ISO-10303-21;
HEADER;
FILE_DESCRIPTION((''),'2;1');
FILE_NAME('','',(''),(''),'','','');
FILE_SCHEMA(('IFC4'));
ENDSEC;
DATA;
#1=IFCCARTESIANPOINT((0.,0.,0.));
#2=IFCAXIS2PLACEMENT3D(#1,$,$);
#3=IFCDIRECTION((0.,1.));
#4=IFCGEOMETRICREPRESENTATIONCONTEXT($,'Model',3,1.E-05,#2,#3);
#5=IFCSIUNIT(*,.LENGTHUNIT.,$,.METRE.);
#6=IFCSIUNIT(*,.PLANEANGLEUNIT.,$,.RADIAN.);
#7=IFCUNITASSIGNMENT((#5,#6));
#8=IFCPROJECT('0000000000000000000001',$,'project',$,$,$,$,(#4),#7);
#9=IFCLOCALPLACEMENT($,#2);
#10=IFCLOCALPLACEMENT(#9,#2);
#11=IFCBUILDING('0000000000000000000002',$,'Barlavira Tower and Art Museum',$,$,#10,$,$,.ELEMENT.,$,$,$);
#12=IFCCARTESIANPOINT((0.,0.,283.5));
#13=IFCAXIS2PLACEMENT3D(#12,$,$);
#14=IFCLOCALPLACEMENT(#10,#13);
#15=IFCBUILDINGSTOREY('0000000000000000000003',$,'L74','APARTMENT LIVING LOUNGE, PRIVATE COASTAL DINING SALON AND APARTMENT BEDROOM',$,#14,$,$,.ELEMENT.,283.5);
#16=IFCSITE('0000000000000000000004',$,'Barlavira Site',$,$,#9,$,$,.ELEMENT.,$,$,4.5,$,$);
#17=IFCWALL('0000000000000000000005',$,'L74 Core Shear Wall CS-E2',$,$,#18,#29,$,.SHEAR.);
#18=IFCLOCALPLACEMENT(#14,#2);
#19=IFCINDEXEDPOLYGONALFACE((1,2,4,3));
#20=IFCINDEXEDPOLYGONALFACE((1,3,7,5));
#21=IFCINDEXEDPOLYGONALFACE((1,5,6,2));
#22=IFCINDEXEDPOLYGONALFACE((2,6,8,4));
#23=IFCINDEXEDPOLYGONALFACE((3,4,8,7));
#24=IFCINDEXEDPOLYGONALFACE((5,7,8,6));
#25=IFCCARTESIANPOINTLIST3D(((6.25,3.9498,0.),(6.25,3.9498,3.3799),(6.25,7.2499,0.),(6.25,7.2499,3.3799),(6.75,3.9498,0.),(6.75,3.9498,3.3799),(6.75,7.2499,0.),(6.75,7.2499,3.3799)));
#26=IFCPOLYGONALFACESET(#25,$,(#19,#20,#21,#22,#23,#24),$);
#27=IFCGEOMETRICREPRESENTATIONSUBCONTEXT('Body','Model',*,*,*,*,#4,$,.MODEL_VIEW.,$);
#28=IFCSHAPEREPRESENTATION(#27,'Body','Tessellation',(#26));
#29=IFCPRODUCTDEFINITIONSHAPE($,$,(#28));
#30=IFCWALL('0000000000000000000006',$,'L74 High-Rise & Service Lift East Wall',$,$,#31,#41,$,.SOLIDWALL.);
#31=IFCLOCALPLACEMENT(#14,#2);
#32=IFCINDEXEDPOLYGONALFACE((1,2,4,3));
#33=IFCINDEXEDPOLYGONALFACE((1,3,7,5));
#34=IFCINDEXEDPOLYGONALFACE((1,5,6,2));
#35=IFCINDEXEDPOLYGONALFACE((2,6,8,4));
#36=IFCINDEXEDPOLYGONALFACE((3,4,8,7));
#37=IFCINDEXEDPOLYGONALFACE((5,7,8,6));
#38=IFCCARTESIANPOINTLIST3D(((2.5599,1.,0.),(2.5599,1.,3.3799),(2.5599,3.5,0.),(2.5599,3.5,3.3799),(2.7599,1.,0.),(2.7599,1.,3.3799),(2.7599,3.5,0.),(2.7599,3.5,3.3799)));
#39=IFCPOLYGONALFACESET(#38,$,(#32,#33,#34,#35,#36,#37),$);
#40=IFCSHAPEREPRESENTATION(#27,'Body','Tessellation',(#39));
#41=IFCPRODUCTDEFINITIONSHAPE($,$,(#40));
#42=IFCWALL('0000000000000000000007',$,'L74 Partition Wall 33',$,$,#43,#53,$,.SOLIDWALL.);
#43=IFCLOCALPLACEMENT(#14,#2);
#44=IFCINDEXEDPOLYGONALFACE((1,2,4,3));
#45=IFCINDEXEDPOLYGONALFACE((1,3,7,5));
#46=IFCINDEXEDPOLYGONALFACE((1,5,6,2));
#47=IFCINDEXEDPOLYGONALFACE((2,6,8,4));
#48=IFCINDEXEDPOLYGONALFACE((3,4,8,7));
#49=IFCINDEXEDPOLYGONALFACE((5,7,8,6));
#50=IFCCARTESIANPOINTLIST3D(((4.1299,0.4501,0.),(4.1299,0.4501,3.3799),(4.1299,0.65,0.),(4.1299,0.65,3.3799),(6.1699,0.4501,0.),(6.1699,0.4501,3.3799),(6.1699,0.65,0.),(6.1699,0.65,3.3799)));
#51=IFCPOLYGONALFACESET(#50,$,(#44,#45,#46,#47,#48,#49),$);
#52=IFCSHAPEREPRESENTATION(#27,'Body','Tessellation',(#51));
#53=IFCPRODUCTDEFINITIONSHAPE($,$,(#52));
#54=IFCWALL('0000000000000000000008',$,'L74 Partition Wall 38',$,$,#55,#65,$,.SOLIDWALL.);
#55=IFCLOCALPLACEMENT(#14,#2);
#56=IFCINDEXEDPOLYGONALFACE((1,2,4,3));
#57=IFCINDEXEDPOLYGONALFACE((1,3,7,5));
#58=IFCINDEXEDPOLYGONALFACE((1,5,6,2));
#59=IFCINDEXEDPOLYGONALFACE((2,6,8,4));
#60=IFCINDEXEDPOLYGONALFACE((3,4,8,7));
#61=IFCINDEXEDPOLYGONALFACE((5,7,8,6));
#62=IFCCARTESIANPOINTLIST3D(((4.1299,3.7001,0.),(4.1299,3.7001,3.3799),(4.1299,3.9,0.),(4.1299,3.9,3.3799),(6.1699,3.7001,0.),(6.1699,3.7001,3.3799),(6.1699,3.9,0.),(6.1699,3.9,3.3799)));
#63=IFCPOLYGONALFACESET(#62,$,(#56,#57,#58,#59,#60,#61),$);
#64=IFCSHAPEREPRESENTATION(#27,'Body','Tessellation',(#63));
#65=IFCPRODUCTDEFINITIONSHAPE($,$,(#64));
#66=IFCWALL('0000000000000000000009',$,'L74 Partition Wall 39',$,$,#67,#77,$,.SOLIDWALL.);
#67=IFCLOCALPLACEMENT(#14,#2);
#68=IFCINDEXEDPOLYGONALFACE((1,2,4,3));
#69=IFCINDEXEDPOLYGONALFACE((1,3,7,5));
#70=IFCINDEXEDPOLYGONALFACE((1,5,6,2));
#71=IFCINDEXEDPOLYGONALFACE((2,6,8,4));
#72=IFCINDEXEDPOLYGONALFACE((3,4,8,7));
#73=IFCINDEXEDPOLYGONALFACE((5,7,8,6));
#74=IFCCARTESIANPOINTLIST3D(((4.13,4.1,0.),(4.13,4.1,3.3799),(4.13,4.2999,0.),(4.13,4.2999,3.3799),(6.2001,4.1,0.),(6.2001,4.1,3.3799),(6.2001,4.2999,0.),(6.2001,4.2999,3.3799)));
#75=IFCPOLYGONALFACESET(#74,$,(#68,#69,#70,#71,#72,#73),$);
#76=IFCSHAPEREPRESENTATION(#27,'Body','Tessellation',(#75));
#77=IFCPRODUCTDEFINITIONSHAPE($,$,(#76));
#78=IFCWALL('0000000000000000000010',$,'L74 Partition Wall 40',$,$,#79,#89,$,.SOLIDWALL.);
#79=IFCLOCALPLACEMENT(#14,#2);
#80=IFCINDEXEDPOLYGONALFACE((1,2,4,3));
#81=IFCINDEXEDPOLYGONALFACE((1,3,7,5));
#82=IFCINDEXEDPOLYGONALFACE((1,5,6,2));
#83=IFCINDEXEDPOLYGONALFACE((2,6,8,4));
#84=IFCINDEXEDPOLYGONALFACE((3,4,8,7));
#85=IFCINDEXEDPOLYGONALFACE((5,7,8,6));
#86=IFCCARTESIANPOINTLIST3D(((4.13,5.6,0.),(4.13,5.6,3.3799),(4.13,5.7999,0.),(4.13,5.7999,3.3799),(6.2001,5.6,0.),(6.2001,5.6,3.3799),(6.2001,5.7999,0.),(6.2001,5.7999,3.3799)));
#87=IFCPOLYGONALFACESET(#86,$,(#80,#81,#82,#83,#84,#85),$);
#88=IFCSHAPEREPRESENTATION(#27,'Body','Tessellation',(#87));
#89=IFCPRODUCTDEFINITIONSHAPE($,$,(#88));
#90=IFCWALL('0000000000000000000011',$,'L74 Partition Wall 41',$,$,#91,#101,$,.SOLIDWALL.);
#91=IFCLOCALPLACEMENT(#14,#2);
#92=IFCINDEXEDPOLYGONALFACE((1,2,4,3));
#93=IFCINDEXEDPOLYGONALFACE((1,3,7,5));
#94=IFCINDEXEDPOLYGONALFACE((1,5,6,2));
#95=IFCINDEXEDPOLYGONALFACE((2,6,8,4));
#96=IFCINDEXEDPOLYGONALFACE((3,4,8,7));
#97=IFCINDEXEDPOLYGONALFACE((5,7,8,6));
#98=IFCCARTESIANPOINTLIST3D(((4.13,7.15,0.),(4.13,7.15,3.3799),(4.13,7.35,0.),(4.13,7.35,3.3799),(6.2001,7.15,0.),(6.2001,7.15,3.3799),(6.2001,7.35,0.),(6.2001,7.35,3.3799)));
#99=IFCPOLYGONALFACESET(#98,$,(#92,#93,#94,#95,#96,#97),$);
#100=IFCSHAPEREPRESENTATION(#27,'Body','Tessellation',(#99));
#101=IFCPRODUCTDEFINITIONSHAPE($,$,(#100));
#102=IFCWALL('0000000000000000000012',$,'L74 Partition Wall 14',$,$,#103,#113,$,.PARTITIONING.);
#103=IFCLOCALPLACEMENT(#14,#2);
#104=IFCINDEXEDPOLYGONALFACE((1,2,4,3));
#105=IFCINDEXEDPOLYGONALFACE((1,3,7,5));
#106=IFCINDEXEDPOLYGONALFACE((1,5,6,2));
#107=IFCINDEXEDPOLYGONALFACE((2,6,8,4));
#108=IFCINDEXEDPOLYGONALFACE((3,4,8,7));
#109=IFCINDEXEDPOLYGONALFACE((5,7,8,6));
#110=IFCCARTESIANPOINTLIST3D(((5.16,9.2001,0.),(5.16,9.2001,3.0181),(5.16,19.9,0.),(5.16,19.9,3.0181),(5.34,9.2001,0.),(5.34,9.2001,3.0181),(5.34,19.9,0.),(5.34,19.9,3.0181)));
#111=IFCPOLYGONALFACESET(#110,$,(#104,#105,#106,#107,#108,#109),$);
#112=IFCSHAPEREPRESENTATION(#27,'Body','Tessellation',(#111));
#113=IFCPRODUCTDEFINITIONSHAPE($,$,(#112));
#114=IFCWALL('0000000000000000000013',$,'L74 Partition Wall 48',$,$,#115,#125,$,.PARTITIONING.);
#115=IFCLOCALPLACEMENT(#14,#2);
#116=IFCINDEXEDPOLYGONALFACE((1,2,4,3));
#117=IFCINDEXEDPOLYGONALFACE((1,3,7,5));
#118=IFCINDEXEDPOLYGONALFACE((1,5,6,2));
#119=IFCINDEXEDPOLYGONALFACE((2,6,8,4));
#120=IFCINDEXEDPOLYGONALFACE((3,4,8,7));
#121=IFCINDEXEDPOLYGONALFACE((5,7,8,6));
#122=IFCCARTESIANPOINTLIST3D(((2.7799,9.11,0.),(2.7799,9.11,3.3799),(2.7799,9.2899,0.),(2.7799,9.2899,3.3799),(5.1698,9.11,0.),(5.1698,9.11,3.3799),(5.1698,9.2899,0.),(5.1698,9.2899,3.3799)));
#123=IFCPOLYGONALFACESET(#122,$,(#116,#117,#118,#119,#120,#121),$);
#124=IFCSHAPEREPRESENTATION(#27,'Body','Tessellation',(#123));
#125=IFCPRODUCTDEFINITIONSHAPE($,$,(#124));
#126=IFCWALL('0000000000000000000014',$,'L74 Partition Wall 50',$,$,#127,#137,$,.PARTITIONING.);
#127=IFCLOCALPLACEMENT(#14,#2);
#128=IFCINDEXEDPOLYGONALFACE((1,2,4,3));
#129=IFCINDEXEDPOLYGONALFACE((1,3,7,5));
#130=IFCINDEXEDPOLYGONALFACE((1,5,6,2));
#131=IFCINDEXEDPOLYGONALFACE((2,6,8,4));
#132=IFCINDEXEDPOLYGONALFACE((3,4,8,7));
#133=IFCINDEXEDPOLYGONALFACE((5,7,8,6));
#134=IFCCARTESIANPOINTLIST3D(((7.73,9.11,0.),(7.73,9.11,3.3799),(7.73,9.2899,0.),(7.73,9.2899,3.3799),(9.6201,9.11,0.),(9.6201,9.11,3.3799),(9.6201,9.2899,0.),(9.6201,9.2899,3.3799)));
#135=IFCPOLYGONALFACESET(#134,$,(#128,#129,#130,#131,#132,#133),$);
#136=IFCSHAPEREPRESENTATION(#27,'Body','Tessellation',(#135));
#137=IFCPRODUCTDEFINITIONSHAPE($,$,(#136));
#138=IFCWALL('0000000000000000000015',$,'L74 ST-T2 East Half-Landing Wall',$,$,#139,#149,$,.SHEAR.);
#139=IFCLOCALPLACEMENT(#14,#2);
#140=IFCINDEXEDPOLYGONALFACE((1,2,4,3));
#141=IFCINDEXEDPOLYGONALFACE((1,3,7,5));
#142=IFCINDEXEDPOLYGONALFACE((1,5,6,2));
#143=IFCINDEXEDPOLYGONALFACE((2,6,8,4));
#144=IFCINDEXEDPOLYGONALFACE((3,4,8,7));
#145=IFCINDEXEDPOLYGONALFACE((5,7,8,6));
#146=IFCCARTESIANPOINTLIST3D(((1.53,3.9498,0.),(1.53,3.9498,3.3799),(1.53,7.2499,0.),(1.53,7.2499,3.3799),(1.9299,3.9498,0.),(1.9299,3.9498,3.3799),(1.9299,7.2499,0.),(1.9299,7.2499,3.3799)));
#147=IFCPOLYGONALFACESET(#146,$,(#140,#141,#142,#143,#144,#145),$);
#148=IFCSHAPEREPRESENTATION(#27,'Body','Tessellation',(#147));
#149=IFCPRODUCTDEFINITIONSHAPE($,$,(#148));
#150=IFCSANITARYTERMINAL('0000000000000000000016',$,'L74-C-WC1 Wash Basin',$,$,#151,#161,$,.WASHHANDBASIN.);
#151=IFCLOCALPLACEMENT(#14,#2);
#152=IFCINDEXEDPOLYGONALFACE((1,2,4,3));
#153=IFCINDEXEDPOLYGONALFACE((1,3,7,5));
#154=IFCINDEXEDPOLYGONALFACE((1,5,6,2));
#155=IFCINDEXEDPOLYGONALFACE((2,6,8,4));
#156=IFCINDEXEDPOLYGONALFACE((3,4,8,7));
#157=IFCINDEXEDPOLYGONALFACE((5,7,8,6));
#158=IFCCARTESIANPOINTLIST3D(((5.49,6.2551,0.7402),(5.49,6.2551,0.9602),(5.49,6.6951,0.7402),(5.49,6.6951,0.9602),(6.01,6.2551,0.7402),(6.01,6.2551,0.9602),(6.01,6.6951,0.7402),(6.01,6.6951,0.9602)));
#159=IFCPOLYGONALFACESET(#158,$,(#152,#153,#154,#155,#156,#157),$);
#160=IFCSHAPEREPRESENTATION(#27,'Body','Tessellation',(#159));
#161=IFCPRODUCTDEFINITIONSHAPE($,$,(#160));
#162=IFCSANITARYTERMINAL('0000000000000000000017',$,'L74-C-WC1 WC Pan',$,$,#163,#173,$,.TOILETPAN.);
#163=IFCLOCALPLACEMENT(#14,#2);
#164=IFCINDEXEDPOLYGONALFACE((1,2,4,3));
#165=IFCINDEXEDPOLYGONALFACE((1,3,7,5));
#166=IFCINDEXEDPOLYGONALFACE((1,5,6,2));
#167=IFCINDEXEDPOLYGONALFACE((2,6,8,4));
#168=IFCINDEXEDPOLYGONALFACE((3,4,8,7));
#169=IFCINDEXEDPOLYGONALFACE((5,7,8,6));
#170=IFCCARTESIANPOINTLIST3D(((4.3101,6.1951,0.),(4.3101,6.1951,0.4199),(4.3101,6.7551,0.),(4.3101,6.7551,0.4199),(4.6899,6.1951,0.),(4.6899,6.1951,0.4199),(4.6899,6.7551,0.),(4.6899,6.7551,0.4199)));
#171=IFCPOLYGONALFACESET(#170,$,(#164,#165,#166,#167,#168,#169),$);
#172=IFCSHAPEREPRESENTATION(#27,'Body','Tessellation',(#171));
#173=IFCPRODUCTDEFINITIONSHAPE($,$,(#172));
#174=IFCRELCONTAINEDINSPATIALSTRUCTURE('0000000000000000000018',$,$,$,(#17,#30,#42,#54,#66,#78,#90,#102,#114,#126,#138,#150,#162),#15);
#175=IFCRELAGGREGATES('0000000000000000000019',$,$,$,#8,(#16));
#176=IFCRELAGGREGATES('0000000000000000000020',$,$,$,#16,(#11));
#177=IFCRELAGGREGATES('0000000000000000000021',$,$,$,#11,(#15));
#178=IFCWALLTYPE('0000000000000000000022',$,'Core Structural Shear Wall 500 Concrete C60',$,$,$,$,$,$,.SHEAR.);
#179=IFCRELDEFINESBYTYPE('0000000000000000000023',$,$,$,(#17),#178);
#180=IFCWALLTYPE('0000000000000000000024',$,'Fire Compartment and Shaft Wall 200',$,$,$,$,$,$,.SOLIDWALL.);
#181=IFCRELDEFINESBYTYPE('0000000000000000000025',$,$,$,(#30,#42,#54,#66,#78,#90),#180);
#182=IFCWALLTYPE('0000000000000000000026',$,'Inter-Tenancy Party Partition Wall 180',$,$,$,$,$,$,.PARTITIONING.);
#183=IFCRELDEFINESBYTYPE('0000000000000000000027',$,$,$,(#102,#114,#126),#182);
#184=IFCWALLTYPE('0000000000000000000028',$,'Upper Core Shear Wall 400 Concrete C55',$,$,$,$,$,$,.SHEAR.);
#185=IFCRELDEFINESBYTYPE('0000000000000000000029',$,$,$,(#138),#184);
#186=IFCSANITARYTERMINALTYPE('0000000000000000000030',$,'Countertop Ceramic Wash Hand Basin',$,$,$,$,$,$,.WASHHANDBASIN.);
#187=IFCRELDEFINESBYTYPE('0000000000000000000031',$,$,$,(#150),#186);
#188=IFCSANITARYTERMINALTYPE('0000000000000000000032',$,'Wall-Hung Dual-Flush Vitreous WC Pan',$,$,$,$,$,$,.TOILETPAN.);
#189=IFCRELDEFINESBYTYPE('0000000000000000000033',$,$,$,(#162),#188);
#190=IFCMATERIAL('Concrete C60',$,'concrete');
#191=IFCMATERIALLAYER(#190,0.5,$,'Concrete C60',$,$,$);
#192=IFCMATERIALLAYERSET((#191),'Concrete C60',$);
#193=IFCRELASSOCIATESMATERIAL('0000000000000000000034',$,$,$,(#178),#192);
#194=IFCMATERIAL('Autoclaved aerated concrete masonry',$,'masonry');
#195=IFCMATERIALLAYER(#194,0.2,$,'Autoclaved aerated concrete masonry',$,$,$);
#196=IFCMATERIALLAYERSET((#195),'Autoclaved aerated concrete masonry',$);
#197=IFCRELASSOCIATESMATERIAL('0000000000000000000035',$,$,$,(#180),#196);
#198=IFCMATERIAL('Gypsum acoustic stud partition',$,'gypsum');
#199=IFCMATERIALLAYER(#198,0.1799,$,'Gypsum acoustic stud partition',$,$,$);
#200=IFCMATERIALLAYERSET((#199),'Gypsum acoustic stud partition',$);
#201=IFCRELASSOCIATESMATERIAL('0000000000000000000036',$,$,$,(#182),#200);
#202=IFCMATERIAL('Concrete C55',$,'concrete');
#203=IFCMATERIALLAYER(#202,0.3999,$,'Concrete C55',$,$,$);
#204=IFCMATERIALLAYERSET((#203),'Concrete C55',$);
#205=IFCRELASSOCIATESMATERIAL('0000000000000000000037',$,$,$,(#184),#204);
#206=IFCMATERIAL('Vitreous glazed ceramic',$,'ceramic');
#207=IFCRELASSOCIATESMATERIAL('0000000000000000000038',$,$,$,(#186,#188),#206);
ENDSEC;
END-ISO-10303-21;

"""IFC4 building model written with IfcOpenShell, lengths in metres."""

from ifc_helpers import new_model, si_unit, direction, frame, frame_2d, origin, origin_2d, place, context, subcontext, project, spatial, rectangle, extrude, material, layer, layer_set, type_object, element, save


model = new_model("IFC4")

# Units and contexts
model_context = context("Model", 3, precision=1e-05, world=origin(), true_north=direction((0.0, 1.0)))
body_context = subcontext(model_context, "Body", "Model", "MODEL_VIEW")
ifc_project = project(units=[si_unit("LENGTHUNIT", "METRE"), si_unit("PLANEANGLEUNIT", "RADIAN")], contexts=[model_context])

# Site, building, storey
site_placement = place(None, origin())
site = spatial("IfcSite", under=ifc_project, at=site_placement, Name="Barlavira Site", CompositionType="ELEMENT", RefElevation=4.5)
building_placement = place(site_placement, origin())
building = spatial("IfcBuilding", under=site, at=building_placement, Name="Barlavira Tower and Art Museum", CompositionType="ELEMENT")
storey_placement = place(building_placement, frame((0.0, 0.0, 283.5)))
storey = spatial("IfcBuildingStorey", under=building, at=storey_placement, Name="L74", Description="APARTMENT LIVING LOUNGE, PRIVATE COASTAL DINING SALON AND APARTMENT BEDROOM", CompositionType="ELEMENT", Elevation=283.5)

# Shared definitions
ifc_material_1 = material(Name="Gypsum acoustic stud partition", Category="gypsum")

# Walls
ifc_material_2 = material(Name="Concrete C60", Category="concrete")
ifc_layer_1 = layer(ifc_material_2, 0.5, Name="Concrete C60")
ifc_layer_set_1 = layer_set([ifc_layer_1], Name="Concrete C60")
wall_type_1 = type_object("IfcWallType", Name="Core Structural Shear Wall 500 Concrete C60", PredefinedType="SHEAR", material=ifc_layer_set_1)
wall_1_placement = place(storey_placement, frame((6.5, 3.95, 0.0), z_axis=(0.0, 0.0, 1.0), x_axis=(0.0, 1.0, 0.0)))
element("IfcWall", 1, at=wall_1_placement, inside=storey, type_object=wall_type_1, Name="L74 Core Shear Wall CS-E2", PredefinedType="SHEAR", context=body_context, shape_type="SweptSolid", body=[
    extrude(rectangle(XDim=3.3, YDim=0.5, at=frame_2d((1.6499, 0.0))), origin(), (0.0, 0.0, 1.0), 3.3799),
])
ifc_material_3 = material(Name="Autoclaved aerated concrete masonry", Category="masonry")
ifc_layer_2 = layer(ifc_material_3, 0.2, Name="Autoclaved aerated concrete masonry")
ifc_layer_set_2 = layer_set([ifc_layer_2], Name="Autoclaved aerated concrete masonry")
wall_type_2 = type_object("IfcWallType", Name="Fire Compartment and Shaft Wall 200", PredefinedType="SOLIDWALL", material=ifc_layer_set_2)
wall_2_placement = place(storey_placement, frame((2.6599, 1.0, 0.0), z_axis=(0.0, 0.0, 1.0), x_axis=(0.0, 1.0, 0.0)))
element("IfcWall", 2, at=wall_2_placement, inside=storey, type_object=wall_type_2, Name="L74 High-Rise & Service Lift East Wall", PredefinedType="SOLIDWALL", context=body_context, shape_type="SweptSolid", body=[
    extrude(rectangle(XDim=2.5, YDim=0.2, at=frame_2d((1.25, 0.0))), origin(), (0.0, 0.0, 1.0), 3.3799),
])

# Walls
for number, where, z_axis, x_axis, name in (
    (3, (4.1299, 0.55, 0.0), (0.0, 0.0, 1.0), (1.0, 0.0, 0.0), "L74 Partition Wall 33"),
    (4, (4.1299, 3.8, 0.0), (0.0, 0.0, 1.0), (1.0, 0.0, 0.0), "L74 Partition Wall 38"),
):
    element("IfcWall", number, at=place(storey_placement, frame(where, z_axis=z_axis, x_axis=x_axis)), inside=storey, type_object=wall_type_2, Name=name, PredefinedType="SOLIDWALL", context=body_context, shape_type="SweptSolid", body=[
        extrude(rectangle(XDim=2.04, YDim=0.2, at=frame_2d((1.02, 0.0))), origin(), (0.0, 0.0, 1.0), 3.3799),
    ])
for number, where, z_axis, x_axis, name in (
    (5, (4.1299, 4.2, 0.0), (0.0, 0.0, 1.0), (1.0, 0.0, 0.0), "L74 Partition Wall 39"),
    (6, (4.1299, 5.7, 0.0), (0.0, 0.0, 1.0), (1.0, 0.0, 0.0), "L74 Partition Wall 40"),
    (7, (4.1299, 7.25, 0.0), (0.0, 0.0, 1.0), (1.0, 0.0, 0.0), "L74 Partition Wall 41"),
):
    element("IfcWall", number, at=place(storey_placement, frame(where, z_axis=z_axis, x_axis=x_axis)), inside=storey, type_object=wall_type_2, Name=name, PredefinedType="SOLIDWALL", context=body_context, shape_type="SweptSolid", body=[
        extrude(rectangle(XDim=2.0701, YDim=0.2, at=frame_2d((1.0352, 0.0))), origin(), (0.0, 0.0, 1.0), 3.3799),
    ])
ifc_layer_3 = layer(ifc_material_1, 0.1799, Name="Gypsum acoustic stud partition")
ifc_layer_set_3 = layer_set([ifc_layer_3], Name="Gypsum acoustic stud partition")
wall_type_3 = type_object("IfcWallType", Name="Inter-Tenancy Party Partition Wall 180", PredefinedType="PARTITIONING", material=ifc_layer_set_3)
wall_3_placement = place(storey_placement, frame((5.25, 9.2, 0.0), z_axis=(0.0, 0.0, 1.0), x_axis=(0.0, 1.0, 0.0)))
element("IfcWall", 8, at=wall_3_placement, inside=storey, type_object=wall_type_3, Name="L74 Partition Wall 14", PredefinedType="PARTITIONING", context=body_context, shape_type="SweptSolid", body=[
    extrude(rectangle(XDim=10.7, YDim=0.1799, at=frame_2d((5.3501, 0.0))), origin(), (0.0, 0.0, 1.0), 3.0181),
])
wall_4_placement = place(storey_placement, frame((2.78, 9.2, 0.0), z_axis=(0.0, 0.0, 1.0), x_axis=(1.0, 0.0, 0.0)))
element("IfcWall", 9, at=wall_4_placement, inside=storey, type_object=wall_type_3, Name="L74 Partition Wall 48", PredefinedType="PARTITIONING", context=body_context, shape_type="SweptSolid", body=[
    extrude(rectangle(XDim=2.3899, YDim=0.1799, at=frame_2d((1.1948, 0.0))), origin(), (0.0, 0.0, 1.0), 3.3799),
])

# Walls
wall_5_placement = place(storey_placement, frame((7.73, 9.2, 0.0), z_axis=(0.0, 0.0, 1.0), x_axis=(1.0, 0.0, 0.0)))
element("IfcWall", 10, at=wall_5_placement, inside=storey, type_object=wall_type_3, Name="L74 Partition Wall 50", PredefinedType="PARTITIONING", context=body_context, shape_type="SweptSolid", body=[
    extrude(rectangle(XDim=1.8901, YDim=0.1799, at=frame_2d((0.9451, 0.0))), origin(), (0.0, 0.0, 1.0), 3.3799),
])
ifc_material_4 = material(Name="Concrete C55", Category="concrete")
ifc_layer_4 = layer(ifc_material_4, 0.3999, Name="Concrete C55")
ifc_layer_set_4 = layer_set([ifc_layer_4], Name="Concrete C55")
wall_type_4 = type_object("IfcWallType", Name="Upper Core Shear Wall 400 Concrete C55", PredefinedType="SHEAR", material=ifc_layer_set_4)
wall_6_placement = place(storey_placement, frame((1.73, 3.95, 0.0), z_axis=(0.0, 0.0, 1.0), x_axis=(0.0, 1.0, 0.0)))
element("IfcWall", 11, at=wall_6_placement, inside=storey, type_object=wall_type_4, Name="L74 ST-T2 East Half-Landing Wall", PredefinedType="SHEAR", context=body_context, shape_type="SweptSolid", body=[
    extrude(rectangle(XDim=3.3, YDim=0.3999, at=frame_2d((1.6499, 0.0))), origin(), (0.0, 0.0, 1.0), 3.3799),
])

# Sanitary terminals
ifc_material_5 = material(Name="Vitreous glazed ceramic", Category="ceramic")
sanitary_terminal_type_1 = type_object("IfcSanitaryTerminalType", Name="Countertop Ceramic Wash Hand Basin", PredefinedType="WASHHANDBASIN", material=ifc_material_5)
sanitary_terminal_1_placement = place(storey_placement, frame((5.75, 6.4751, 0.7402), z_axis=(0.0, 0.0, 1.0), x_axis=(1.0, 0.0, 0.0)))
element("IfcSanitaryTerminal", 12, at=sanitary_terminal_1_placement, inside=storey, type_object=sanitary_terminal_type_1, Name="L74-C-WC1 Wash Basin", PredefinedType="WASHHANDBASIN", context=body_context, shape_type="SweptSolid", body=[
    extrude(rectangle(XDim=0.52, YDim=0.4399, at=origin_2d()), origin(), (0.0, 0.0, 1.0), 0.22),
])
sanitary_terminal_type_2 = type_object("IfcSanitaryTerminalType", Name="Wall-Hung Dual-Flush Vitreous WC Pan", PredefinedType="TOILETPAN", material=ifc_material_5)
sanitary_terminal_2_placement = place(storey_placement, frame((4.5, 6.4751, 0.0), z_axis=(0.0, 0.0, 1.0), x_axis=(1.0, 0.0, 0.0)))
element("IfcSanitaryTerminal", 13, at=sanitary_terminal_2_placement, inside=storey, type_object=sanitary_terminal_type_2, Name="L74-C-WC1 WC Pan", PredefinedType="TOILETPAN", context=body_context, shape_type="SweptSolid", body=[
    extrude(rectangle(XDim=0.3799, YDim=0.5601, at=origin_2d()), origin(), (0.0, 0.0, 1.0), 0.4199),
])

save(model, "model.ifc")
